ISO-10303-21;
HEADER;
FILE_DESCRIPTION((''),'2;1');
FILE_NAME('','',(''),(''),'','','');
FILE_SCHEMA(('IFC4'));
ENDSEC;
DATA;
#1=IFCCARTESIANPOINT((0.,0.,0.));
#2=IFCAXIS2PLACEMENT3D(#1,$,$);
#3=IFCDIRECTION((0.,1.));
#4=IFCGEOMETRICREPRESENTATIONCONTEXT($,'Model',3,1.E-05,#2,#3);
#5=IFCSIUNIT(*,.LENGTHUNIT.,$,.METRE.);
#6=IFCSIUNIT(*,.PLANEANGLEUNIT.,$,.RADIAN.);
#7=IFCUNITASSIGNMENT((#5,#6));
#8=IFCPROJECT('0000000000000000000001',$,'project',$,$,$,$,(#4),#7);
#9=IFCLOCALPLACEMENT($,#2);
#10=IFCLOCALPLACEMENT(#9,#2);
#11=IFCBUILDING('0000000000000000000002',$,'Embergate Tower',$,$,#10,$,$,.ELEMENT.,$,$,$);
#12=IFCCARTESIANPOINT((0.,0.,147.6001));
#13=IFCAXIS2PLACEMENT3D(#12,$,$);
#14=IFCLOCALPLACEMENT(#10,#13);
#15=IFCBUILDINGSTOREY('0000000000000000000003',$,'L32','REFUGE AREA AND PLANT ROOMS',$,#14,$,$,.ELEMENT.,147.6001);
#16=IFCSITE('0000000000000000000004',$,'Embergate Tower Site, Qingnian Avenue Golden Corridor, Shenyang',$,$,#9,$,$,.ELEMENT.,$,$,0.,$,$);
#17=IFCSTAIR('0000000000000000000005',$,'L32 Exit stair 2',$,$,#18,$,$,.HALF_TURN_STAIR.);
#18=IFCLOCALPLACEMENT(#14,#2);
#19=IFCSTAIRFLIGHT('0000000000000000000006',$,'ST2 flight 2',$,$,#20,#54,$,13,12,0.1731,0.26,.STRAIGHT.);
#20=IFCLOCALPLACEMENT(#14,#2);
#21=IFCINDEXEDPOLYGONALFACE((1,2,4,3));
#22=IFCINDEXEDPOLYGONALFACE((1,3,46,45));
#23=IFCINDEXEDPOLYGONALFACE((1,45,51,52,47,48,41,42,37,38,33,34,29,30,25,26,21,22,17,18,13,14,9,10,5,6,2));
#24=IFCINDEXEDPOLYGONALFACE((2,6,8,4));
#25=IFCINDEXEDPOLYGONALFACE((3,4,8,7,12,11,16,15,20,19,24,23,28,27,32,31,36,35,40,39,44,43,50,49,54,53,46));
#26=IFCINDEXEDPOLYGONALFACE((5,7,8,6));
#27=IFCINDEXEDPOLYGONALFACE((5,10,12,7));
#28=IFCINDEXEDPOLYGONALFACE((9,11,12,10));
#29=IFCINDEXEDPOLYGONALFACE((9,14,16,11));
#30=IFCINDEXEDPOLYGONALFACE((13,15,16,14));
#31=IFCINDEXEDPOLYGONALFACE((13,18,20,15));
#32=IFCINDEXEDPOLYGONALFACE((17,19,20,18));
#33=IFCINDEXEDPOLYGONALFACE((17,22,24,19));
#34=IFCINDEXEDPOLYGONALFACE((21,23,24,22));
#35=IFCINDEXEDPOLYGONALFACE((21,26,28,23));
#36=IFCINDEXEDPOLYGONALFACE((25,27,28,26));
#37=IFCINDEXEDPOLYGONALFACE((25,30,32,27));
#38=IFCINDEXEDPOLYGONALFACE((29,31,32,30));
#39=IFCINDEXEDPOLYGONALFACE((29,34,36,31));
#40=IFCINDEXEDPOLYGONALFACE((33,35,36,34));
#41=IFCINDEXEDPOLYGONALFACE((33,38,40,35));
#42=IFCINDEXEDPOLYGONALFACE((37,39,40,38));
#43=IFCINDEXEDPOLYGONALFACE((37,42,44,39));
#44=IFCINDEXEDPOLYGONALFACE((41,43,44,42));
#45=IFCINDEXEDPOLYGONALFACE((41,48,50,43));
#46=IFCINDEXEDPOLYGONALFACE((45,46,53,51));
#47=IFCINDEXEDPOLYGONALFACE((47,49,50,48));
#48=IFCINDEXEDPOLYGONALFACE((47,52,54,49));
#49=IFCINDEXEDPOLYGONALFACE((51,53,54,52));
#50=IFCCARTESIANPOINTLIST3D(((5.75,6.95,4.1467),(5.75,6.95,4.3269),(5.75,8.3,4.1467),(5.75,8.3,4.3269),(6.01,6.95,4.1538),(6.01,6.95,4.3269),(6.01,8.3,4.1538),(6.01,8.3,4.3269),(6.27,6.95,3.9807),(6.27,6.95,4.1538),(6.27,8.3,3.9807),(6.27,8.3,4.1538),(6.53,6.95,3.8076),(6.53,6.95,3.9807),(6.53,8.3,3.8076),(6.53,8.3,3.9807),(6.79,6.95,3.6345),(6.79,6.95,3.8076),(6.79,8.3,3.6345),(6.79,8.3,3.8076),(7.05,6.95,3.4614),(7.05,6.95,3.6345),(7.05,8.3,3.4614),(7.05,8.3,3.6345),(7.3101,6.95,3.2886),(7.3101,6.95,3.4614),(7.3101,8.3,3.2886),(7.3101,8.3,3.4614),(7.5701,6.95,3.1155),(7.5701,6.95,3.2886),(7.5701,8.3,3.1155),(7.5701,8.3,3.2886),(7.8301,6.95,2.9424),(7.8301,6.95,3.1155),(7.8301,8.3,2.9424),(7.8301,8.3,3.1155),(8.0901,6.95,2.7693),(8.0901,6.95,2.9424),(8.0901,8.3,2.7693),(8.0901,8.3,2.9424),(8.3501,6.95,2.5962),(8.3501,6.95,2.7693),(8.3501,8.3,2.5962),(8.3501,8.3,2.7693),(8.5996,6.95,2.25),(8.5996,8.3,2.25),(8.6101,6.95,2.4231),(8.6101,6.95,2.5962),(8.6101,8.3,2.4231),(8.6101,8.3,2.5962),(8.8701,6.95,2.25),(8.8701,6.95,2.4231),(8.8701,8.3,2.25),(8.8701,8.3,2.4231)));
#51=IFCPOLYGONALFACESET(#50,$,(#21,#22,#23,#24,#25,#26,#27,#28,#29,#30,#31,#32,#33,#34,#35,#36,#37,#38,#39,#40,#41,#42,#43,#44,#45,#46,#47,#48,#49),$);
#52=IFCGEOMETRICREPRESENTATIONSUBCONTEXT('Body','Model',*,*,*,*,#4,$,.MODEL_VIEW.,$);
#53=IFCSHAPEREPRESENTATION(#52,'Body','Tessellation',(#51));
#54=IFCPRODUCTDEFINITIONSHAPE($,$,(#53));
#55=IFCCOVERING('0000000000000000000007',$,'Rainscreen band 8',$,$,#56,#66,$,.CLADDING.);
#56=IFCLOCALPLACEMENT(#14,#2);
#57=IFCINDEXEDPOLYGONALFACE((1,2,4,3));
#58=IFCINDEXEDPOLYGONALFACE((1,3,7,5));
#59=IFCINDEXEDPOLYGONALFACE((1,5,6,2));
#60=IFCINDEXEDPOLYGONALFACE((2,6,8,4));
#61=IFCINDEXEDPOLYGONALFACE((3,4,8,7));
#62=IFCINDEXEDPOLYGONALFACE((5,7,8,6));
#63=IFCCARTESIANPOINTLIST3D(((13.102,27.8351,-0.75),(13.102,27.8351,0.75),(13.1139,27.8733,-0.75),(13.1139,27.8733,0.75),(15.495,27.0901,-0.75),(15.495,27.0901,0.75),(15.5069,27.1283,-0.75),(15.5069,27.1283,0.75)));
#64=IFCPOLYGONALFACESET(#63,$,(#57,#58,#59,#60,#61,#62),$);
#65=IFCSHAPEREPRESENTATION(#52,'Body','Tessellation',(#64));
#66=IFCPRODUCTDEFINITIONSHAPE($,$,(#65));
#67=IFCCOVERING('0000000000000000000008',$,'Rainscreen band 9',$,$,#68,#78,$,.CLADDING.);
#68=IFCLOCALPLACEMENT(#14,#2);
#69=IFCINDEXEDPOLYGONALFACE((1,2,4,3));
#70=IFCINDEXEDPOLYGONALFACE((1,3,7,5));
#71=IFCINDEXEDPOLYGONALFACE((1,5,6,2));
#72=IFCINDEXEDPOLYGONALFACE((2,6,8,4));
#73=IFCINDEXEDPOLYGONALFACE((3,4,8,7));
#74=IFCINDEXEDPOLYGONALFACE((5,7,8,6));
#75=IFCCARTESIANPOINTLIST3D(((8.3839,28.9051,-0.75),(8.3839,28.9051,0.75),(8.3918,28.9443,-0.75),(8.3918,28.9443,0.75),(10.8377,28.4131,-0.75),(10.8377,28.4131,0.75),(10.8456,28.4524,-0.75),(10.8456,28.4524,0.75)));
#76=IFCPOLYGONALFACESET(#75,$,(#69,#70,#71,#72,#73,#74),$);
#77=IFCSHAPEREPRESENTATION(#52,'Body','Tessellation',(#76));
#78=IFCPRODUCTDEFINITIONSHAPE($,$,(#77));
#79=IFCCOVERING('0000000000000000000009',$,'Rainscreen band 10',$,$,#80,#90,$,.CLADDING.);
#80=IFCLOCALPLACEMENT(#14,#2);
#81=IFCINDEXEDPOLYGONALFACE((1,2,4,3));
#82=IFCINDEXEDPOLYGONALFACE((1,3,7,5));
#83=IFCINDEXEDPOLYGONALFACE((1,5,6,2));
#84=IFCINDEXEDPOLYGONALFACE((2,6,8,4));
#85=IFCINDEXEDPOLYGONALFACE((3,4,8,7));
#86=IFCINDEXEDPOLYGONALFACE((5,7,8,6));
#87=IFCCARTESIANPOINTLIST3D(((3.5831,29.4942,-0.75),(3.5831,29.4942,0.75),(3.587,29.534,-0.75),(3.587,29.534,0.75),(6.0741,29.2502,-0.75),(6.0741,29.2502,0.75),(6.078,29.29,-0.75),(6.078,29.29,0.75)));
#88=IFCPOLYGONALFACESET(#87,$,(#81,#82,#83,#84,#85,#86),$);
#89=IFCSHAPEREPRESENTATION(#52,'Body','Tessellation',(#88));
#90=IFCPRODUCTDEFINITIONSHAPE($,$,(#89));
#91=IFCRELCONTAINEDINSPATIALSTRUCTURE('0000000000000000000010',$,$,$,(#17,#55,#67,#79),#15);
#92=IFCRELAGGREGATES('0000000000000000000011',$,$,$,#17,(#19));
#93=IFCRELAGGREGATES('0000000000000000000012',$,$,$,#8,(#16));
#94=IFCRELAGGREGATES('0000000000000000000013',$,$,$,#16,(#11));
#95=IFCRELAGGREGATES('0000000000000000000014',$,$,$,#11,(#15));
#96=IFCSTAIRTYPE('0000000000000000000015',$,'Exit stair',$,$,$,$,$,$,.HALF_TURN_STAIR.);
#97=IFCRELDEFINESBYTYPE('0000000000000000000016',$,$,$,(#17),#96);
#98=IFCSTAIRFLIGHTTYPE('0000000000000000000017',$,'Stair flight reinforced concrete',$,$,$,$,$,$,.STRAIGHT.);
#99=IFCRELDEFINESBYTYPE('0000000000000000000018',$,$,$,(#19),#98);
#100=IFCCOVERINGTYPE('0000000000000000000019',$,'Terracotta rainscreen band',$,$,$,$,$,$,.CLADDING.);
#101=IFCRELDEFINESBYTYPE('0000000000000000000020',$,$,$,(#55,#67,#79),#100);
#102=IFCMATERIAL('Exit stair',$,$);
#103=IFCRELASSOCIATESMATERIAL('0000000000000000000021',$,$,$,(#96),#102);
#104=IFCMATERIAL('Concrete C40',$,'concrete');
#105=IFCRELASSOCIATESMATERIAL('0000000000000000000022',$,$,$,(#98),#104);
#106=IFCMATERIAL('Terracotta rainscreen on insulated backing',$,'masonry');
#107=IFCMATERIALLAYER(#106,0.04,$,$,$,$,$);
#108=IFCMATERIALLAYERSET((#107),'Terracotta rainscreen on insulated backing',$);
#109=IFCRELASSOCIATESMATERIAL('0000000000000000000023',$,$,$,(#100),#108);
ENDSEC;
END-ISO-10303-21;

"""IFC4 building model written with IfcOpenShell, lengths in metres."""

from ifc_helpers import new_model, si_unit, direction, frame, origin, origin_2d, place, context, subcontext, project, spatial, polyline, rectangle, outline, extrude, source, transform, mapped, material, layer, layer_set, type_object, element, aggregate, save


model = new_model("IFC4")

# Units and contexts
model_context = context("Model", 3, precision=1e-05, world=origin(), true_north=direction((0.0, 1.0)))
body_context = subcontext(model_context, "Body", "Model", "MODEL_VIEW")
ifc_project = project(units=[si_unit("LENGTHUNIT", "METRE"), si_unit("PLANEANGLEUNIT", "RADIAN")], contexts=[model_context])

# Site, building, storey
site_placement = place(None, origin())
site = spatial("IfcSite", under=ifc_project, at=site_placement, Name="Embergate Tower Site, Qingnian Avenue Golden Corridor, Shenyang", CompositionType="ELEMENT", RefElevation=0.0)
building_placement = place(site_placement, origin())
building = spatial("IfcBuilding", under=site, at=building_placement, Name="Embergate Tower", CompositionType="ELEMENT")
storey_placement = place(building_placement, frame((0.0, 0.0, 147.6001)))
storey = spatial("IfcBuildingStorey", under=building, at=storey_placement, Name="L32", Description="REFUGE AREA AND PLANT ROOMS", CompositionType="ELEMENT", Elevation=147.6001)

# Stair, stair flight
ifc_material_1 = material(Name="Exit stair")
stair_type = type_object("IfcStairType", Name="Exit stair", PredefinedType="HALF_TURN_STAIR", material=ifc_material_1)
stair_placement = place(storey_placement, origin())
stair = element("IfcStair", 1, at=stair_placement, inside=storey, type_object=stair_type, Name="L32 Exit stair 2", PredefinedType="HALF_TURN_STAIR")
ifc_material_2 = material(Name="Concrete C40", Category="concrete")
stair_flight_type = type_object("IfcStairFlightType", Name="Stair flight reinforced concrete", PredefinedType="STRAIGHT", material=ifc_material_2)
shared_shape_1 = source(origin(), body_context, "Body", "SweptSolid", [
    extrude(outline(polyline([(0.0, 0.0), (0.0, 0.1731), (0.26, 0.1731), (0.26, 0.3462), (0.52, 0.3462), (0.52, 0.5193), (0.78, 0.5193), (0.78, 0.6924), (1.04, 0.6924), (1.04, 0.8655), (1.3, 0.8655), (1.3, 1.0386), (1.5601, 1.0386), (1.5601, 1.2114), (1.8201, 1.2114), (1.8201, 1.3845), (2.0801, 1.3845), (2.0801, 1.5576), (2.3401, 1.5576), (2.3401, 1.7307), (2.6001, 1.7307), (2.6001, 1.9038), (2.8601, 1.9038), (2.8601, 2.0769), (3.1201, 2.0769), (3.1201, 2.25), (3.1201, 1.8967), (0.2705, 0.0), (0.0, 0.0)])), frame((0.0, 0.675, 0.0), z_axis=(0.0, -1.0, 0.0), x_axis=(1.0, 0.0, 0.0)), (0.0, 0.0, 1.0), 1.3501),
])
stair_flight_placement = place(storey_placement, frame((8.8701, 7.625, 2.25), z_axis=(0.0, 0.0, 1.0), x_axis=(-1.0, 0.0, 0.0)))
stair_flight = element("IfcStairFlight", 2, at=stair_flight_placement, type_object=stair_flight_type, Name="ST2 flight 2", NumberOfRisers=13, NumberOfTreads=12, PredefinedType="STRAIGHT", RiserHeight=0.1731, TreadLength=0.26, context=body_context, shape_type="MappedRepresentation", body=[
    mapped(shared_shape_1, transform((0.0, 0.0, 0.0))),
])
aggregate(stair, [stair_flight])

# Coverings
ifc_material_3 = material(Name="Terracotta rainscreen on insulated backing", Category="masonry")
ifc_layer_1 = layer(ifc_material_3, 0.04)
ifc_layer_set_1 = layer_set([ifc_layer_1], Name="Terracotta rainscreen on insulated backing")
covering_type = type_object("IfcCoveringType", Name="Terracotta rainscreen band", PredefinedType="CLADDING", material=ifc_layer_set_1)
shared_shape_2 = source(origin(), body_context, "Body", "SweptSolid", [
    extrude(rectangle(XDim=2.5063, YDim=0.04, at=origin_2d()), origin(), (0.0, 0.0, 1.0), 1.5),
])
covering_1_placement = place(storey_placement, frame((14.3044, 27.4817, -0.75), z_axis=(0.0, 0.0, 1.0), x_axis=(-0.954799, 0.297253, 0.0)))
element("IfcCovering", 3, at=covering_1_placement, inside=storey, type_object=covering_type, Name="Rainscreen band 8", PredefinedType="CLADDING", context=body_context, shape_type="MappedRepresentation", body=[
    mapped(shared_shape_2, transform((0.0, 0.0, 0.0))),
])
shared_shape_3 = source(origin(), body_context, "Body", "SweptSolid", [
    extrude(rectangle(XDim=2.5027, YDim=0.04, at=origin_2d()), origin(), (0.0, 0.0, 1.0), 1.5),
])
covering_2_placement = place(storey_placement, frame((9.6147, 28.6787, -0.75), z_axis=(0.0, 0.0, 1.0), x_axis=(-0.980488, 0.196578, 0.0)))
element("IfcCovering", 4, at=covering_2_placement, inside=storey, type_object=covering_type, Name="Rainscreen band 9", PredefinedType="CLADDING", context=body_context, shape_type="MappedRepresentation", body=[
    mapped(shared_shape_3, transform((0.0, 0.0, 0.0))),
])
shared_shape_4 = source(origin(), body_context, "Body", "SweptSolid", [
    extrude(rectangle(XDim=2.5029, YDim=0.04, at=origin_2d()), origin(), (0.0, 0.0, 1.0), 1.5),
])
covering_3_placement = place(storey_placement, frame((4.8306, 29.3921, -0.75), z_axis=(0.0, 0.0, 1.0), x_axis=(-0.995237, 0.097486, 0.0)))
element("IfcCovering", 5, at=covering_3_placement, inside=storey, type_object=covering_type, Name="Rainscreen band 10", PredefinedType="CLADDING", context=body_context, shape_type="MappedRepresentation", body=[
    mapped(shared_shape_4, transform((0.0, 0.0, 0.0))),
])

save(model, "model.ifc")
